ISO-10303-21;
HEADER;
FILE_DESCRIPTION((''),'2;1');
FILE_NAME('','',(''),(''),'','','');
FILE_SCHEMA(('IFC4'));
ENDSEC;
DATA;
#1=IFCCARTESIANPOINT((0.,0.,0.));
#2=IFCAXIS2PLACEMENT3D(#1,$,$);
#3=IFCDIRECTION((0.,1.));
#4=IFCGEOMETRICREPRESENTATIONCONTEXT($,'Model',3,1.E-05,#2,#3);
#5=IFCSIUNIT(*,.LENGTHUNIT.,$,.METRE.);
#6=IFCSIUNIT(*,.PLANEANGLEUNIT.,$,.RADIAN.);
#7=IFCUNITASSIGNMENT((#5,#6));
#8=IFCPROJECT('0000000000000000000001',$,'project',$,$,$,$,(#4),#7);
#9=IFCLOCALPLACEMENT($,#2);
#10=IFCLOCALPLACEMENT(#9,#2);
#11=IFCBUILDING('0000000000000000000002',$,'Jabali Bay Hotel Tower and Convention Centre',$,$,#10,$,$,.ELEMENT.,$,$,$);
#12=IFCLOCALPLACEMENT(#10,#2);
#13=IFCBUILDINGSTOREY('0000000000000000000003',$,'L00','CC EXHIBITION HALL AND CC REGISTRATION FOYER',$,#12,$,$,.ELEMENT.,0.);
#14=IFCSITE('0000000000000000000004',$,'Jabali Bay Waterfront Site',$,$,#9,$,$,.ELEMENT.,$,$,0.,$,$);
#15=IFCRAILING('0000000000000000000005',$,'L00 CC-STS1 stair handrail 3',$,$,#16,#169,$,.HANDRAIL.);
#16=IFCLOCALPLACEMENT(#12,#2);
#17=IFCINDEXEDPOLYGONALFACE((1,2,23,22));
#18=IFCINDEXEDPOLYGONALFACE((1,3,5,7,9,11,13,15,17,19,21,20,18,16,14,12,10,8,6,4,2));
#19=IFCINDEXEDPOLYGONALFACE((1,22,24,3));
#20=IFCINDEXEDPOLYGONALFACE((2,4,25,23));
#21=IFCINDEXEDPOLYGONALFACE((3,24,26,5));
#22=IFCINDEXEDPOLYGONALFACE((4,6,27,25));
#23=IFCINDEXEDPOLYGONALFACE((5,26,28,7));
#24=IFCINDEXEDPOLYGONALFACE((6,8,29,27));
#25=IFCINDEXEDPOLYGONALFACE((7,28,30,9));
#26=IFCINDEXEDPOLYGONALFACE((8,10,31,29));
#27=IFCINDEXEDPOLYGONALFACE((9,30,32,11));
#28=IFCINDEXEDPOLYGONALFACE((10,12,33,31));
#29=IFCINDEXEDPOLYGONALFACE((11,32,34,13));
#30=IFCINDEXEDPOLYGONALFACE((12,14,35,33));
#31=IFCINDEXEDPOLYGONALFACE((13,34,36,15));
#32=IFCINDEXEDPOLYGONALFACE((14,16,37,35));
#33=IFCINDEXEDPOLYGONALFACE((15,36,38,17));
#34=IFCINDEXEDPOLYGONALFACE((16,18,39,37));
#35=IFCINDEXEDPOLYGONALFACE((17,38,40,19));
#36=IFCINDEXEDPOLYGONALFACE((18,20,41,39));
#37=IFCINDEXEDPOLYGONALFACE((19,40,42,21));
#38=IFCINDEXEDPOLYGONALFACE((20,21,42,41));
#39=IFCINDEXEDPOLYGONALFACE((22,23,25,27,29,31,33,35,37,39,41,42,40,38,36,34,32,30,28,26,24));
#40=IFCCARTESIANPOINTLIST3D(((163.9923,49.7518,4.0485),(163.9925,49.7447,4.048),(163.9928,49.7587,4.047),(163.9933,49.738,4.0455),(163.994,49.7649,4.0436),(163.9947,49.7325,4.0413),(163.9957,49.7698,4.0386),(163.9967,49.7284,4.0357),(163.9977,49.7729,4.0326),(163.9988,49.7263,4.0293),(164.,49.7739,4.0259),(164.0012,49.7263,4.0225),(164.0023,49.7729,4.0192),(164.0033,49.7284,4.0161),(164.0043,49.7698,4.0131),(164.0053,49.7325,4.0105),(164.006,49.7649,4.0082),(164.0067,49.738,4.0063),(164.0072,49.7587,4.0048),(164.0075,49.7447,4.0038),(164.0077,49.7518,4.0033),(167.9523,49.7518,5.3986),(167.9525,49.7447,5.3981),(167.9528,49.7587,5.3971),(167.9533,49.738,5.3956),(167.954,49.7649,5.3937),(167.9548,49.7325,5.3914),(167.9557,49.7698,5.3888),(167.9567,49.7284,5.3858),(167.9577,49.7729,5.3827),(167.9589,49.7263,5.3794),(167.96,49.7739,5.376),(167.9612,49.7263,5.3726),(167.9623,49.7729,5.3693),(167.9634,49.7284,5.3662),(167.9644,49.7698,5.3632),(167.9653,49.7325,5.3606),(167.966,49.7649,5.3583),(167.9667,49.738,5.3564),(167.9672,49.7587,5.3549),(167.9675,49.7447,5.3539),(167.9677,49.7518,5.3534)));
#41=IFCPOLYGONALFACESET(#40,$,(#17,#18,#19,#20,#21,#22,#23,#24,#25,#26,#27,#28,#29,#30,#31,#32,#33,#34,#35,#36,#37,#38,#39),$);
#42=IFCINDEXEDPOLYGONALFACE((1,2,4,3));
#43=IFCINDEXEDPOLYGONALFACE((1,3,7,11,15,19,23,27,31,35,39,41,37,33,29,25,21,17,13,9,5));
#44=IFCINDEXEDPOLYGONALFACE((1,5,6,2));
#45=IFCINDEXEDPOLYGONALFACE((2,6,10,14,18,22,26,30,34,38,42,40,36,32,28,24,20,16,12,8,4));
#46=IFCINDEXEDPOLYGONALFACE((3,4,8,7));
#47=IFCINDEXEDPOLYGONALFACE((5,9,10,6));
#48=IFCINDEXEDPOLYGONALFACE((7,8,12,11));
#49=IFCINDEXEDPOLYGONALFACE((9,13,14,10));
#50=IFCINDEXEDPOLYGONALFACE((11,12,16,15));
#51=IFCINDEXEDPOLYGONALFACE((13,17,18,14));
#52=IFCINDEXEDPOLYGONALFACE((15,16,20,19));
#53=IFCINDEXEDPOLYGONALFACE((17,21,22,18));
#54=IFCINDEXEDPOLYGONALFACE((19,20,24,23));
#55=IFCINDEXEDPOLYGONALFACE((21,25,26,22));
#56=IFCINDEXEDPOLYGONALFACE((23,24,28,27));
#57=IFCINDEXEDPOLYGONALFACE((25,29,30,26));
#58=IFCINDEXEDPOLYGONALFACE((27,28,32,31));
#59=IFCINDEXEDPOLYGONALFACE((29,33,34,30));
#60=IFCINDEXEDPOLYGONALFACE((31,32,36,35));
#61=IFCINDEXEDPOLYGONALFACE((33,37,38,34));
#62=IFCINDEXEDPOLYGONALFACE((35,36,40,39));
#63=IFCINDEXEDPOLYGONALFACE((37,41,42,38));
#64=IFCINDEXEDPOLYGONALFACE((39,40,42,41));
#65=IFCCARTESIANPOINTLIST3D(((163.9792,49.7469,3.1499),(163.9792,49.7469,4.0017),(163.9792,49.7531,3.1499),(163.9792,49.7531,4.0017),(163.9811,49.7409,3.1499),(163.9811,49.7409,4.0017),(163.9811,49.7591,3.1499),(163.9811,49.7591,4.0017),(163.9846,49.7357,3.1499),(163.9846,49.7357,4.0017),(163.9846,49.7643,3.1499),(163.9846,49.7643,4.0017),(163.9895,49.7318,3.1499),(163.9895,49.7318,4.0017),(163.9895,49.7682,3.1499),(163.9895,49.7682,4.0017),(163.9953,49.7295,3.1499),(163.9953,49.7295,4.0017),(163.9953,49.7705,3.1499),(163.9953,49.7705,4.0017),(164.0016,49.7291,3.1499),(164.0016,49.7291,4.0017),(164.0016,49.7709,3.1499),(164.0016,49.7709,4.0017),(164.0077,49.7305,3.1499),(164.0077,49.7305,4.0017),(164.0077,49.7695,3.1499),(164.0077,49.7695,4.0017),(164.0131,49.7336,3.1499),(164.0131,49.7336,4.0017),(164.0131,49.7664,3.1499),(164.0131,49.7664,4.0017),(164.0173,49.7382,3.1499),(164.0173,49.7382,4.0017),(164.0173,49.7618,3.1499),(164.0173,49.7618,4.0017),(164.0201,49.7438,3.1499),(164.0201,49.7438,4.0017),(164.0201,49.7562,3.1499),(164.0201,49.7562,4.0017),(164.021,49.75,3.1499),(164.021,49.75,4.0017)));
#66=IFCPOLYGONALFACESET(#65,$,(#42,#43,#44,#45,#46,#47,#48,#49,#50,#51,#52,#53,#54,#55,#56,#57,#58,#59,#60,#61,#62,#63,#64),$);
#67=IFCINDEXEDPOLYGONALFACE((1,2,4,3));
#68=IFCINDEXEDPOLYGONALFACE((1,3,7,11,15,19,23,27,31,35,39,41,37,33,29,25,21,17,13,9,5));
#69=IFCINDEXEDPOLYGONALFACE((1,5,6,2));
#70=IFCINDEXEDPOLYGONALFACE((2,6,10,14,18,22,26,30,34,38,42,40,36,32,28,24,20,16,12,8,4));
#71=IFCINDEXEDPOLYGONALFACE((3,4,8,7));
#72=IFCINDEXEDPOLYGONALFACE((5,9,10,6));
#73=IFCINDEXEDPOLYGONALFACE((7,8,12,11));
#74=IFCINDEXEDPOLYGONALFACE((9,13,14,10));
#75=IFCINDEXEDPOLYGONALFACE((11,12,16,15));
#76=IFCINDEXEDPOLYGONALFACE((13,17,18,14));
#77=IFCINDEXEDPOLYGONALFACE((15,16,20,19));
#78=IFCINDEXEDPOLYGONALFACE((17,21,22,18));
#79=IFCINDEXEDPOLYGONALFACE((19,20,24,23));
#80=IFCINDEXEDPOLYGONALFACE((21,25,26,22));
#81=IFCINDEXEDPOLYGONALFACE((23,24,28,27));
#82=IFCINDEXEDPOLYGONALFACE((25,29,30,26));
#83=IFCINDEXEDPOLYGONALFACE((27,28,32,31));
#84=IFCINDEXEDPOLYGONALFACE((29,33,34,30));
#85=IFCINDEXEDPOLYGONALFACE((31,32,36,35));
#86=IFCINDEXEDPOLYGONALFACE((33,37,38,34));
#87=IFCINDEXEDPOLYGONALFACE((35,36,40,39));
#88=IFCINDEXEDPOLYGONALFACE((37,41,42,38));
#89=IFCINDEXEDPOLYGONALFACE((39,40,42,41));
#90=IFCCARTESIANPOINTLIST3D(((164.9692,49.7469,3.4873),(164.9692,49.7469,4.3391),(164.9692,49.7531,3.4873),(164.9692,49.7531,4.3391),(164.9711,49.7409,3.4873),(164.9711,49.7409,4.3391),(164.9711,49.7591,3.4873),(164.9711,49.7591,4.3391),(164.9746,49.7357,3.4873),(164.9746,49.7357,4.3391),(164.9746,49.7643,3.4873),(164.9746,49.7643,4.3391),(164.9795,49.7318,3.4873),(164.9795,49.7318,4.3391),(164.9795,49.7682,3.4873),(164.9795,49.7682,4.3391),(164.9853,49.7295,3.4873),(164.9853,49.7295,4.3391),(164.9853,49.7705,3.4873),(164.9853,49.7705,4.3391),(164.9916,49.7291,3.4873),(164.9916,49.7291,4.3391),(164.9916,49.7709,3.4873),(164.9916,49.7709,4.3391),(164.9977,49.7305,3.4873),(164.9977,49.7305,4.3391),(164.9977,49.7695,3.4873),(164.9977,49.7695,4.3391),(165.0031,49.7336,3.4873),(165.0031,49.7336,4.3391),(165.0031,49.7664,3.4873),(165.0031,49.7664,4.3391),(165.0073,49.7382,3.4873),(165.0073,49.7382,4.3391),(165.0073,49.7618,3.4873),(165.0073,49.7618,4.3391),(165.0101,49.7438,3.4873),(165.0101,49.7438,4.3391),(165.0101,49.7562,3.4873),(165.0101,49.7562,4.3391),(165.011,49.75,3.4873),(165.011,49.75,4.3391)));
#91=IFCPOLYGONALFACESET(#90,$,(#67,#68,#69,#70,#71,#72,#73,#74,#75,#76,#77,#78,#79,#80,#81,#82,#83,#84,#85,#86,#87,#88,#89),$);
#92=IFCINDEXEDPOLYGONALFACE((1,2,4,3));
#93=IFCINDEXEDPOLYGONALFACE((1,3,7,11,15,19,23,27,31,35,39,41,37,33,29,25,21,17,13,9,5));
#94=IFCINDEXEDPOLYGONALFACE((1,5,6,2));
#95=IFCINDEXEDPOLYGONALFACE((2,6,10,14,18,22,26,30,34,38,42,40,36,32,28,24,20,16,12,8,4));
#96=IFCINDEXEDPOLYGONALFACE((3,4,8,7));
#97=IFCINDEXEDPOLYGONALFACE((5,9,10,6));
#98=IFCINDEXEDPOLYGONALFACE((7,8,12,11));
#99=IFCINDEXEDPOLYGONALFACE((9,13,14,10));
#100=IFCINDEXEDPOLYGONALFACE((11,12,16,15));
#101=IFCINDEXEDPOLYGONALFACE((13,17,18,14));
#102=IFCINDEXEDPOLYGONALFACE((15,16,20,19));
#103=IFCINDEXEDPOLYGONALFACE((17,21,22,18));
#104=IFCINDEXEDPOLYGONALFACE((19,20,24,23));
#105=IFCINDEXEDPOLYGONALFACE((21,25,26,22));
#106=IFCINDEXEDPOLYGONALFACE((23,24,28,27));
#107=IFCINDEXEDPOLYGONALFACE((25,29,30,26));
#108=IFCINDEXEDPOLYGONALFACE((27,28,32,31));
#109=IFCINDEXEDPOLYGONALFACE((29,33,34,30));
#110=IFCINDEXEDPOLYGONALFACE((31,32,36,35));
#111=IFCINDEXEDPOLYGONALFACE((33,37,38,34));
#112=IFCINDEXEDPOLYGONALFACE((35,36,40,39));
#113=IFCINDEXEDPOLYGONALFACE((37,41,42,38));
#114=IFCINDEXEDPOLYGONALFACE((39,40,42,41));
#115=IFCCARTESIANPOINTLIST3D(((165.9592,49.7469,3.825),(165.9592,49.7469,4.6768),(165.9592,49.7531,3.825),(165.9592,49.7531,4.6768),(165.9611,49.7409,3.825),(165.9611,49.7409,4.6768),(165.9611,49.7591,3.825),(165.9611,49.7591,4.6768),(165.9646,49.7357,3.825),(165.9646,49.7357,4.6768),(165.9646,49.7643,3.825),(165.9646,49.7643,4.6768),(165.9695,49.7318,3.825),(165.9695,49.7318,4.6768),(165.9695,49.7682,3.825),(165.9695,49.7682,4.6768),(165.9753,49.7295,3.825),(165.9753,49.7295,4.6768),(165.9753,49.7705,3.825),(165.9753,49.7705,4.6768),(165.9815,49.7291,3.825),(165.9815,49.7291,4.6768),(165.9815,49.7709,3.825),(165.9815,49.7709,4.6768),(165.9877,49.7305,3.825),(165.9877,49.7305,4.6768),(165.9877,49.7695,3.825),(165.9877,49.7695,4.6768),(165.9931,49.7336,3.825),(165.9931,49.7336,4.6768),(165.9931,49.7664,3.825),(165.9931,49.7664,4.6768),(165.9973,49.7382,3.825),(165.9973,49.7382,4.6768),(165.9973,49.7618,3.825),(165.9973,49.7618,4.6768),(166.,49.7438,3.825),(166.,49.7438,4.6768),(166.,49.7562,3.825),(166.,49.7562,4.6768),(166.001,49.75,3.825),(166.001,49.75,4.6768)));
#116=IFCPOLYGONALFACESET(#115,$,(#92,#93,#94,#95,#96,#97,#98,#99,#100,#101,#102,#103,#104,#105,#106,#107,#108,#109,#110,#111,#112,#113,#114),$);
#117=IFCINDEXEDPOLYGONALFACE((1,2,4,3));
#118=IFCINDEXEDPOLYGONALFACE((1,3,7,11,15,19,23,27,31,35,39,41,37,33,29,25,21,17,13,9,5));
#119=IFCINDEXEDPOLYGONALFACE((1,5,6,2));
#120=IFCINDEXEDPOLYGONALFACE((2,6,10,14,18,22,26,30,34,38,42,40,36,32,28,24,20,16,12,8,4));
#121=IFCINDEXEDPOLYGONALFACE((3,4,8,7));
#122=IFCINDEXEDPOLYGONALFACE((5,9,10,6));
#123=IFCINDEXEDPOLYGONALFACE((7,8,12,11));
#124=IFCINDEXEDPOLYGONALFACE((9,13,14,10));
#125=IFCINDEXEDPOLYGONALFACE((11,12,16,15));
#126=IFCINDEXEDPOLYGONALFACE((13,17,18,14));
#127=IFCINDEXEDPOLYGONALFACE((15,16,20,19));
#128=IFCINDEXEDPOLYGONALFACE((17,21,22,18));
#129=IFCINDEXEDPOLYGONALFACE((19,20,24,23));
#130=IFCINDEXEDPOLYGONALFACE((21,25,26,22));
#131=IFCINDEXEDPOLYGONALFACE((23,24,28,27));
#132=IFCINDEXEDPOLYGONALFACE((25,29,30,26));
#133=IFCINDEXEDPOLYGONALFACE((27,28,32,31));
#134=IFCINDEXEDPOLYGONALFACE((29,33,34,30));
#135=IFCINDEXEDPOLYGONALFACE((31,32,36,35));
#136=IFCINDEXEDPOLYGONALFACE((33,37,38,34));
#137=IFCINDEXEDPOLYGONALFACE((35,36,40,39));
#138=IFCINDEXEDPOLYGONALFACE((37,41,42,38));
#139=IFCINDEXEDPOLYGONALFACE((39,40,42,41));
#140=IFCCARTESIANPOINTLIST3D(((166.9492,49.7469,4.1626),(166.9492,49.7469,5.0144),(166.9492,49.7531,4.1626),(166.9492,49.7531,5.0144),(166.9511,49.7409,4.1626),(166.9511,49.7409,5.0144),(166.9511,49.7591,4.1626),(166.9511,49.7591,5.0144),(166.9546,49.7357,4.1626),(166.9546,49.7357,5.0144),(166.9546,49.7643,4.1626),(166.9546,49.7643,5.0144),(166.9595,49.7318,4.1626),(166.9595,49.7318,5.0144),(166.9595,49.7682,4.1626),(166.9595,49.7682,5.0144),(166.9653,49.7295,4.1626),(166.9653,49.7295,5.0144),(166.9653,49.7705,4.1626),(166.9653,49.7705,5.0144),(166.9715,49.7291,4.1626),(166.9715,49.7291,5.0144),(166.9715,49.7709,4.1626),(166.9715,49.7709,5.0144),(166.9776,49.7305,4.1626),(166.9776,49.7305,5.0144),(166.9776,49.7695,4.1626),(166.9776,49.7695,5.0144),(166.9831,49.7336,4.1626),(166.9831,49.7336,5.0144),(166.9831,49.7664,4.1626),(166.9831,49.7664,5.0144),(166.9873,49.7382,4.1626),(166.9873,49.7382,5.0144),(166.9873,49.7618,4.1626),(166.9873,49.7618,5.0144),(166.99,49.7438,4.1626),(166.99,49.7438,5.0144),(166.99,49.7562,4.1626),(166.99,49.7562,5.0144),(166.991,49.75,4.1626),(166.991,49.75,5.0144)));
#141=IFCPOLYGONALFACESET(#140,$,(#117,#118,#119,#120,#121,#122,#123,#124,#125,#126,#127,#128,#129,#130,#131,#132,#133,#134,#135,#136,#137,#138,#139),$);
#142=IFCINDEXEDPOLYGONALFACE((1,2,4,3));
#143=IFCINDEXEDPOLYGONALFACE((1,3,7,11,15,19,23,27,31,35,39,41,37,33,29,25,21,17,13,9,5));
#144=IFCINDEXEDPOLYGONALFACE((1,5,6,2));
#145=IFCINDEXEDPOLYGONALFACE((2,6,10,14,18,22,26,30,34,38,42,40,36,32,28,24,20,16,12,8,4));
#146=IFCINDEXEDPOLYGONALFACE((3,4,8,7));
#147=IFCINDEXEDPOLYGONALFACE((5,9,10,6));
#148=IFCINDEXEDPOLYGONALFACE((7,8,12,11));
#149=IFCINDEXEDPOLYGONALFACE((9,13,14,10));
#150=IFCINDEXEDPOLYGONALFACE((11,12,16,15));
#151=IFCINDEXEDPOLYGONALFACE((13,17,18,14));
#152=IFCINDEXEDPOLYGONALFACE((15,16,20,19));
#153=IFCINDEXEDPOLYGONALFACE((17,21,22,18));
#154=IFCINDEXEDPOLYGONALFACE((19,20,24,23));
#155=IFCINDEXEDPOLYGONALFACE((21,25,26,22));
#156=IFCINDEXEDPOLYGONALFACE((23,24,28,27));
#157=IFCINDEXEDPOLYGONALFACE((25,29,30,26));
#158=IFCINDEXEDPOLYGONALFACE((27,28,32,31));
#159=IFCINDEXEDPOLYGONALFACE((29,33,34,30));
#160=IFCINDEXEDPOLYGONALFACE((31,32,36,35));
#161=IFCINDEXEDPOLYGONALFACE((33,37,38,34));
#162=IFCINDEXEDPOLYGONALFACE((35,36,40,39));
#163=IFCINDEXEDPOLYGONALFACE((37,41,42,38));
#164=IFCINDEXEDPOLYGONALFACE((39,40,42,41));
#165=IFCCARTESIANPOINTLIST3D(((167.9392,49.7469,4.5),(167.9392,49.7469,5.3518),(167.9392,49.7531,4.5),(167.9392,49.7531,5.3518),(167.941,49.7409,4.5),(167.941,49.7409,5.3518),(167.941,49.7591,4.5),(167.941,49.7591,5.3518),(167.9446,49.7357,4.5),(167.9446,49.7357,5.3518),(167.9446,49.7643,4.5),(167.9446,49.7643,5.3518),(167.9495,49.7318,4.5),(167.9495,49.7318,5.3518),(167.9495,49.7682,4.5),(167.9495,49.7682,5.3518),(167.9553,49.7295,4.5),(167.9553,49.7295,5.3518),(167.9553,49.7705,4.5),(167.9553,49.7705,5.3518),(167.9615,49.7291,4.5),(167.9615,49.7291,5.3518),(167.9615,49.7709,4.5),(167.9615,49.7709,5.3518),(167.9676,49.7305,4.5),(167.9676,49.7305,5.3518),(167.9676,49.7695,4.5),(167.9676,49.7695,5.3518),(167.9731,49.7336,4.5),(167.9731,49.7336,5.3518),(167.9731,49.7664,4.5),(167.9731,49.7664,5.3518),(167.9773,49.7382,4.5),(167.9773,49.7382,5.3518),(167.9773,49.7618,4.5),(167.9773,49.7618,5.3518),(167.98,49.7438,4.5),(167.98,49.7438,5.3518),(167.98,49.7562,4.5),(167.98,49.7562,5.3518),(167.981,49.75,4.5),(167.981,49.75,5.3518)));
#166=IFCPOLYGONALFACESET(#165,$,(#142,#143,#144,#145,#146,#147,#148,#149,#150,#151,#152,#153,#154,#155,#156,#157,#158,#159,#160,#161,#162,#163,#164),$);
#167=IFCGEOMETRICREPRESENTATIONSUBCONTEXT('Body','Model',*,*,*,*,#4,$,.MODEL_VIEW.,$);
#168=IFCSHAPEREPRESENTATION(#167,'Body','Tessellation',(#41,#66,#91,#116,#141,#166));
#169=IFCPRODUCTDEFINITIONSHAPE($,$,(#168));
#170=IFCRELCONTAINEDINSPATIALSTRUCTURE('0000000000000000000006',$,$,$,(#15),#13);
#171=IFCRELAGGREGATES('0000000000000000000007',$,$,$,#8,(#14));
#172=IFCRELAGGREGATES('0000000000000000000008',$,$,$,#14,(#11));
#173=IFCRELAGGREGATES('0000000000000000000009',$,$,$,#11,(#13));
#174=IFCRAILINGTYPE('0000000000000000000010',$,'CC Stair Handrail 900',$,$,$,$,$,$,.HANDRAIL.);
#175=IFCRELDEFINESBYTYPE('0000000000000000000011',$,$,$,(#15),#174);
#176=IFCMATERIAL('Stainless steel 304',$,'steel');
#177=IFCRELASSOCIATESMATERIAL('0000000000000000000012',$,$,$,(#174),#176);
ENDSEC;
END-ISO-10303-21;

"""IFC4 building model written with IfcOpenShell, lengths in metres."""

from ifc_helpers import new_model, si_unit, direction, frame, origin, origin_2d, place, context, subcontext, project, spatial, circle, extrude, material, type_object, element, save


model = new_model("IFC4")

# Units and contexts
model_context = context("Model", 3, precision=1e-05, world=origin(), true_north=direction((0.0, 1.0)))
body_context = subcontext(model_context, "Body", "Model", "MODEL_VIEW")
ifc_project = project(units=[si_unit("LENGTHUNIT", "METRE"), si_unit("PLANEANGLEUNIT", "RADIAN")], contexts=[model_context])

# Site, building, storey
site_placement = place(None, origin())
site = spatial("IfcSite", under=ifc_project, at=site_placement, Name="Jabali Bay Waterfront Site", CompositionType="ELEMENT", RefElevation=0.0)
building_placement = place(site_placement, origin())
building = spatial("IfcBuilding", under=site, at=building_placement, Name="Jabali Bay Hotel Tower and Convention Centre", CompositionType="ELEMENT")
storey_placement = place(building_placement, origin())
storey = spatial("IfcBuildingStorey", under=building, at=storey_placement, Name="L00", Description="CC EXHIBITION HALL AND CC REGISTRATION FOYER", CompositionType="ELEMENT", Elevation=0.0)

# Railing
ifc_material_1 = material(Name="Stainless steel 304", Category="steel")
railing_type_1 = type_object("IfcRailingType", Name="CC Stair Handrail 900", PredefinedType="HANDRAIL", material=ifc_material_1)
for number, where, name in (
    (1, (164.0, 49.75, 3.1499), "L00 CC-STS1 stair handrail 3"),
):
    element("IfcRailing", number, at=place(storey_placement, frame(where)), inside=storey, type_object=railing_type_1, Name=name, PredefinedType="HANDRAIL", context=body_context, shape_type="SweptSolid", body=[
        extrude(circle(Radius=0.0239, at=origin_2d()), frame((0.0, 0.0, 0.876), z_axis=(0.946502, 0.0, 0.322698), x_axis=(0.0, 1.0, 0.0)), (0.0, 0.0, 1.0), 4.1838),
        extrude(circle(Radius=0.021, at=origin_2d()), origin(), (0.0, 0.0, 1.0), 0.8518),
        extrude(circle(Radius=0.021, at=origin_2d()), frame((0.99, 0.0, 0.3374)), (0.0, 0.0, 1.0), 0.8518),
        extrude(circle(Radius=0.021, at=origin_2d()), frame((1.98, 0.0, 0.675)), (0.0, 0.0, 1.0), 0.8518),
        extrude(circle(Radius=0.021, at=origin_2d()), frame((2.97, 0.0, 1.0127)), (0.0, 0.0, 1.0), 0.8518),
        extrude(circle(Radius=0.021, at=origin_2d()), frame((3.96, 0.0, 1.3501)), (0.0, 0.0, 1.0), 0.8518),
    ])

save(model, "model.ifc")
